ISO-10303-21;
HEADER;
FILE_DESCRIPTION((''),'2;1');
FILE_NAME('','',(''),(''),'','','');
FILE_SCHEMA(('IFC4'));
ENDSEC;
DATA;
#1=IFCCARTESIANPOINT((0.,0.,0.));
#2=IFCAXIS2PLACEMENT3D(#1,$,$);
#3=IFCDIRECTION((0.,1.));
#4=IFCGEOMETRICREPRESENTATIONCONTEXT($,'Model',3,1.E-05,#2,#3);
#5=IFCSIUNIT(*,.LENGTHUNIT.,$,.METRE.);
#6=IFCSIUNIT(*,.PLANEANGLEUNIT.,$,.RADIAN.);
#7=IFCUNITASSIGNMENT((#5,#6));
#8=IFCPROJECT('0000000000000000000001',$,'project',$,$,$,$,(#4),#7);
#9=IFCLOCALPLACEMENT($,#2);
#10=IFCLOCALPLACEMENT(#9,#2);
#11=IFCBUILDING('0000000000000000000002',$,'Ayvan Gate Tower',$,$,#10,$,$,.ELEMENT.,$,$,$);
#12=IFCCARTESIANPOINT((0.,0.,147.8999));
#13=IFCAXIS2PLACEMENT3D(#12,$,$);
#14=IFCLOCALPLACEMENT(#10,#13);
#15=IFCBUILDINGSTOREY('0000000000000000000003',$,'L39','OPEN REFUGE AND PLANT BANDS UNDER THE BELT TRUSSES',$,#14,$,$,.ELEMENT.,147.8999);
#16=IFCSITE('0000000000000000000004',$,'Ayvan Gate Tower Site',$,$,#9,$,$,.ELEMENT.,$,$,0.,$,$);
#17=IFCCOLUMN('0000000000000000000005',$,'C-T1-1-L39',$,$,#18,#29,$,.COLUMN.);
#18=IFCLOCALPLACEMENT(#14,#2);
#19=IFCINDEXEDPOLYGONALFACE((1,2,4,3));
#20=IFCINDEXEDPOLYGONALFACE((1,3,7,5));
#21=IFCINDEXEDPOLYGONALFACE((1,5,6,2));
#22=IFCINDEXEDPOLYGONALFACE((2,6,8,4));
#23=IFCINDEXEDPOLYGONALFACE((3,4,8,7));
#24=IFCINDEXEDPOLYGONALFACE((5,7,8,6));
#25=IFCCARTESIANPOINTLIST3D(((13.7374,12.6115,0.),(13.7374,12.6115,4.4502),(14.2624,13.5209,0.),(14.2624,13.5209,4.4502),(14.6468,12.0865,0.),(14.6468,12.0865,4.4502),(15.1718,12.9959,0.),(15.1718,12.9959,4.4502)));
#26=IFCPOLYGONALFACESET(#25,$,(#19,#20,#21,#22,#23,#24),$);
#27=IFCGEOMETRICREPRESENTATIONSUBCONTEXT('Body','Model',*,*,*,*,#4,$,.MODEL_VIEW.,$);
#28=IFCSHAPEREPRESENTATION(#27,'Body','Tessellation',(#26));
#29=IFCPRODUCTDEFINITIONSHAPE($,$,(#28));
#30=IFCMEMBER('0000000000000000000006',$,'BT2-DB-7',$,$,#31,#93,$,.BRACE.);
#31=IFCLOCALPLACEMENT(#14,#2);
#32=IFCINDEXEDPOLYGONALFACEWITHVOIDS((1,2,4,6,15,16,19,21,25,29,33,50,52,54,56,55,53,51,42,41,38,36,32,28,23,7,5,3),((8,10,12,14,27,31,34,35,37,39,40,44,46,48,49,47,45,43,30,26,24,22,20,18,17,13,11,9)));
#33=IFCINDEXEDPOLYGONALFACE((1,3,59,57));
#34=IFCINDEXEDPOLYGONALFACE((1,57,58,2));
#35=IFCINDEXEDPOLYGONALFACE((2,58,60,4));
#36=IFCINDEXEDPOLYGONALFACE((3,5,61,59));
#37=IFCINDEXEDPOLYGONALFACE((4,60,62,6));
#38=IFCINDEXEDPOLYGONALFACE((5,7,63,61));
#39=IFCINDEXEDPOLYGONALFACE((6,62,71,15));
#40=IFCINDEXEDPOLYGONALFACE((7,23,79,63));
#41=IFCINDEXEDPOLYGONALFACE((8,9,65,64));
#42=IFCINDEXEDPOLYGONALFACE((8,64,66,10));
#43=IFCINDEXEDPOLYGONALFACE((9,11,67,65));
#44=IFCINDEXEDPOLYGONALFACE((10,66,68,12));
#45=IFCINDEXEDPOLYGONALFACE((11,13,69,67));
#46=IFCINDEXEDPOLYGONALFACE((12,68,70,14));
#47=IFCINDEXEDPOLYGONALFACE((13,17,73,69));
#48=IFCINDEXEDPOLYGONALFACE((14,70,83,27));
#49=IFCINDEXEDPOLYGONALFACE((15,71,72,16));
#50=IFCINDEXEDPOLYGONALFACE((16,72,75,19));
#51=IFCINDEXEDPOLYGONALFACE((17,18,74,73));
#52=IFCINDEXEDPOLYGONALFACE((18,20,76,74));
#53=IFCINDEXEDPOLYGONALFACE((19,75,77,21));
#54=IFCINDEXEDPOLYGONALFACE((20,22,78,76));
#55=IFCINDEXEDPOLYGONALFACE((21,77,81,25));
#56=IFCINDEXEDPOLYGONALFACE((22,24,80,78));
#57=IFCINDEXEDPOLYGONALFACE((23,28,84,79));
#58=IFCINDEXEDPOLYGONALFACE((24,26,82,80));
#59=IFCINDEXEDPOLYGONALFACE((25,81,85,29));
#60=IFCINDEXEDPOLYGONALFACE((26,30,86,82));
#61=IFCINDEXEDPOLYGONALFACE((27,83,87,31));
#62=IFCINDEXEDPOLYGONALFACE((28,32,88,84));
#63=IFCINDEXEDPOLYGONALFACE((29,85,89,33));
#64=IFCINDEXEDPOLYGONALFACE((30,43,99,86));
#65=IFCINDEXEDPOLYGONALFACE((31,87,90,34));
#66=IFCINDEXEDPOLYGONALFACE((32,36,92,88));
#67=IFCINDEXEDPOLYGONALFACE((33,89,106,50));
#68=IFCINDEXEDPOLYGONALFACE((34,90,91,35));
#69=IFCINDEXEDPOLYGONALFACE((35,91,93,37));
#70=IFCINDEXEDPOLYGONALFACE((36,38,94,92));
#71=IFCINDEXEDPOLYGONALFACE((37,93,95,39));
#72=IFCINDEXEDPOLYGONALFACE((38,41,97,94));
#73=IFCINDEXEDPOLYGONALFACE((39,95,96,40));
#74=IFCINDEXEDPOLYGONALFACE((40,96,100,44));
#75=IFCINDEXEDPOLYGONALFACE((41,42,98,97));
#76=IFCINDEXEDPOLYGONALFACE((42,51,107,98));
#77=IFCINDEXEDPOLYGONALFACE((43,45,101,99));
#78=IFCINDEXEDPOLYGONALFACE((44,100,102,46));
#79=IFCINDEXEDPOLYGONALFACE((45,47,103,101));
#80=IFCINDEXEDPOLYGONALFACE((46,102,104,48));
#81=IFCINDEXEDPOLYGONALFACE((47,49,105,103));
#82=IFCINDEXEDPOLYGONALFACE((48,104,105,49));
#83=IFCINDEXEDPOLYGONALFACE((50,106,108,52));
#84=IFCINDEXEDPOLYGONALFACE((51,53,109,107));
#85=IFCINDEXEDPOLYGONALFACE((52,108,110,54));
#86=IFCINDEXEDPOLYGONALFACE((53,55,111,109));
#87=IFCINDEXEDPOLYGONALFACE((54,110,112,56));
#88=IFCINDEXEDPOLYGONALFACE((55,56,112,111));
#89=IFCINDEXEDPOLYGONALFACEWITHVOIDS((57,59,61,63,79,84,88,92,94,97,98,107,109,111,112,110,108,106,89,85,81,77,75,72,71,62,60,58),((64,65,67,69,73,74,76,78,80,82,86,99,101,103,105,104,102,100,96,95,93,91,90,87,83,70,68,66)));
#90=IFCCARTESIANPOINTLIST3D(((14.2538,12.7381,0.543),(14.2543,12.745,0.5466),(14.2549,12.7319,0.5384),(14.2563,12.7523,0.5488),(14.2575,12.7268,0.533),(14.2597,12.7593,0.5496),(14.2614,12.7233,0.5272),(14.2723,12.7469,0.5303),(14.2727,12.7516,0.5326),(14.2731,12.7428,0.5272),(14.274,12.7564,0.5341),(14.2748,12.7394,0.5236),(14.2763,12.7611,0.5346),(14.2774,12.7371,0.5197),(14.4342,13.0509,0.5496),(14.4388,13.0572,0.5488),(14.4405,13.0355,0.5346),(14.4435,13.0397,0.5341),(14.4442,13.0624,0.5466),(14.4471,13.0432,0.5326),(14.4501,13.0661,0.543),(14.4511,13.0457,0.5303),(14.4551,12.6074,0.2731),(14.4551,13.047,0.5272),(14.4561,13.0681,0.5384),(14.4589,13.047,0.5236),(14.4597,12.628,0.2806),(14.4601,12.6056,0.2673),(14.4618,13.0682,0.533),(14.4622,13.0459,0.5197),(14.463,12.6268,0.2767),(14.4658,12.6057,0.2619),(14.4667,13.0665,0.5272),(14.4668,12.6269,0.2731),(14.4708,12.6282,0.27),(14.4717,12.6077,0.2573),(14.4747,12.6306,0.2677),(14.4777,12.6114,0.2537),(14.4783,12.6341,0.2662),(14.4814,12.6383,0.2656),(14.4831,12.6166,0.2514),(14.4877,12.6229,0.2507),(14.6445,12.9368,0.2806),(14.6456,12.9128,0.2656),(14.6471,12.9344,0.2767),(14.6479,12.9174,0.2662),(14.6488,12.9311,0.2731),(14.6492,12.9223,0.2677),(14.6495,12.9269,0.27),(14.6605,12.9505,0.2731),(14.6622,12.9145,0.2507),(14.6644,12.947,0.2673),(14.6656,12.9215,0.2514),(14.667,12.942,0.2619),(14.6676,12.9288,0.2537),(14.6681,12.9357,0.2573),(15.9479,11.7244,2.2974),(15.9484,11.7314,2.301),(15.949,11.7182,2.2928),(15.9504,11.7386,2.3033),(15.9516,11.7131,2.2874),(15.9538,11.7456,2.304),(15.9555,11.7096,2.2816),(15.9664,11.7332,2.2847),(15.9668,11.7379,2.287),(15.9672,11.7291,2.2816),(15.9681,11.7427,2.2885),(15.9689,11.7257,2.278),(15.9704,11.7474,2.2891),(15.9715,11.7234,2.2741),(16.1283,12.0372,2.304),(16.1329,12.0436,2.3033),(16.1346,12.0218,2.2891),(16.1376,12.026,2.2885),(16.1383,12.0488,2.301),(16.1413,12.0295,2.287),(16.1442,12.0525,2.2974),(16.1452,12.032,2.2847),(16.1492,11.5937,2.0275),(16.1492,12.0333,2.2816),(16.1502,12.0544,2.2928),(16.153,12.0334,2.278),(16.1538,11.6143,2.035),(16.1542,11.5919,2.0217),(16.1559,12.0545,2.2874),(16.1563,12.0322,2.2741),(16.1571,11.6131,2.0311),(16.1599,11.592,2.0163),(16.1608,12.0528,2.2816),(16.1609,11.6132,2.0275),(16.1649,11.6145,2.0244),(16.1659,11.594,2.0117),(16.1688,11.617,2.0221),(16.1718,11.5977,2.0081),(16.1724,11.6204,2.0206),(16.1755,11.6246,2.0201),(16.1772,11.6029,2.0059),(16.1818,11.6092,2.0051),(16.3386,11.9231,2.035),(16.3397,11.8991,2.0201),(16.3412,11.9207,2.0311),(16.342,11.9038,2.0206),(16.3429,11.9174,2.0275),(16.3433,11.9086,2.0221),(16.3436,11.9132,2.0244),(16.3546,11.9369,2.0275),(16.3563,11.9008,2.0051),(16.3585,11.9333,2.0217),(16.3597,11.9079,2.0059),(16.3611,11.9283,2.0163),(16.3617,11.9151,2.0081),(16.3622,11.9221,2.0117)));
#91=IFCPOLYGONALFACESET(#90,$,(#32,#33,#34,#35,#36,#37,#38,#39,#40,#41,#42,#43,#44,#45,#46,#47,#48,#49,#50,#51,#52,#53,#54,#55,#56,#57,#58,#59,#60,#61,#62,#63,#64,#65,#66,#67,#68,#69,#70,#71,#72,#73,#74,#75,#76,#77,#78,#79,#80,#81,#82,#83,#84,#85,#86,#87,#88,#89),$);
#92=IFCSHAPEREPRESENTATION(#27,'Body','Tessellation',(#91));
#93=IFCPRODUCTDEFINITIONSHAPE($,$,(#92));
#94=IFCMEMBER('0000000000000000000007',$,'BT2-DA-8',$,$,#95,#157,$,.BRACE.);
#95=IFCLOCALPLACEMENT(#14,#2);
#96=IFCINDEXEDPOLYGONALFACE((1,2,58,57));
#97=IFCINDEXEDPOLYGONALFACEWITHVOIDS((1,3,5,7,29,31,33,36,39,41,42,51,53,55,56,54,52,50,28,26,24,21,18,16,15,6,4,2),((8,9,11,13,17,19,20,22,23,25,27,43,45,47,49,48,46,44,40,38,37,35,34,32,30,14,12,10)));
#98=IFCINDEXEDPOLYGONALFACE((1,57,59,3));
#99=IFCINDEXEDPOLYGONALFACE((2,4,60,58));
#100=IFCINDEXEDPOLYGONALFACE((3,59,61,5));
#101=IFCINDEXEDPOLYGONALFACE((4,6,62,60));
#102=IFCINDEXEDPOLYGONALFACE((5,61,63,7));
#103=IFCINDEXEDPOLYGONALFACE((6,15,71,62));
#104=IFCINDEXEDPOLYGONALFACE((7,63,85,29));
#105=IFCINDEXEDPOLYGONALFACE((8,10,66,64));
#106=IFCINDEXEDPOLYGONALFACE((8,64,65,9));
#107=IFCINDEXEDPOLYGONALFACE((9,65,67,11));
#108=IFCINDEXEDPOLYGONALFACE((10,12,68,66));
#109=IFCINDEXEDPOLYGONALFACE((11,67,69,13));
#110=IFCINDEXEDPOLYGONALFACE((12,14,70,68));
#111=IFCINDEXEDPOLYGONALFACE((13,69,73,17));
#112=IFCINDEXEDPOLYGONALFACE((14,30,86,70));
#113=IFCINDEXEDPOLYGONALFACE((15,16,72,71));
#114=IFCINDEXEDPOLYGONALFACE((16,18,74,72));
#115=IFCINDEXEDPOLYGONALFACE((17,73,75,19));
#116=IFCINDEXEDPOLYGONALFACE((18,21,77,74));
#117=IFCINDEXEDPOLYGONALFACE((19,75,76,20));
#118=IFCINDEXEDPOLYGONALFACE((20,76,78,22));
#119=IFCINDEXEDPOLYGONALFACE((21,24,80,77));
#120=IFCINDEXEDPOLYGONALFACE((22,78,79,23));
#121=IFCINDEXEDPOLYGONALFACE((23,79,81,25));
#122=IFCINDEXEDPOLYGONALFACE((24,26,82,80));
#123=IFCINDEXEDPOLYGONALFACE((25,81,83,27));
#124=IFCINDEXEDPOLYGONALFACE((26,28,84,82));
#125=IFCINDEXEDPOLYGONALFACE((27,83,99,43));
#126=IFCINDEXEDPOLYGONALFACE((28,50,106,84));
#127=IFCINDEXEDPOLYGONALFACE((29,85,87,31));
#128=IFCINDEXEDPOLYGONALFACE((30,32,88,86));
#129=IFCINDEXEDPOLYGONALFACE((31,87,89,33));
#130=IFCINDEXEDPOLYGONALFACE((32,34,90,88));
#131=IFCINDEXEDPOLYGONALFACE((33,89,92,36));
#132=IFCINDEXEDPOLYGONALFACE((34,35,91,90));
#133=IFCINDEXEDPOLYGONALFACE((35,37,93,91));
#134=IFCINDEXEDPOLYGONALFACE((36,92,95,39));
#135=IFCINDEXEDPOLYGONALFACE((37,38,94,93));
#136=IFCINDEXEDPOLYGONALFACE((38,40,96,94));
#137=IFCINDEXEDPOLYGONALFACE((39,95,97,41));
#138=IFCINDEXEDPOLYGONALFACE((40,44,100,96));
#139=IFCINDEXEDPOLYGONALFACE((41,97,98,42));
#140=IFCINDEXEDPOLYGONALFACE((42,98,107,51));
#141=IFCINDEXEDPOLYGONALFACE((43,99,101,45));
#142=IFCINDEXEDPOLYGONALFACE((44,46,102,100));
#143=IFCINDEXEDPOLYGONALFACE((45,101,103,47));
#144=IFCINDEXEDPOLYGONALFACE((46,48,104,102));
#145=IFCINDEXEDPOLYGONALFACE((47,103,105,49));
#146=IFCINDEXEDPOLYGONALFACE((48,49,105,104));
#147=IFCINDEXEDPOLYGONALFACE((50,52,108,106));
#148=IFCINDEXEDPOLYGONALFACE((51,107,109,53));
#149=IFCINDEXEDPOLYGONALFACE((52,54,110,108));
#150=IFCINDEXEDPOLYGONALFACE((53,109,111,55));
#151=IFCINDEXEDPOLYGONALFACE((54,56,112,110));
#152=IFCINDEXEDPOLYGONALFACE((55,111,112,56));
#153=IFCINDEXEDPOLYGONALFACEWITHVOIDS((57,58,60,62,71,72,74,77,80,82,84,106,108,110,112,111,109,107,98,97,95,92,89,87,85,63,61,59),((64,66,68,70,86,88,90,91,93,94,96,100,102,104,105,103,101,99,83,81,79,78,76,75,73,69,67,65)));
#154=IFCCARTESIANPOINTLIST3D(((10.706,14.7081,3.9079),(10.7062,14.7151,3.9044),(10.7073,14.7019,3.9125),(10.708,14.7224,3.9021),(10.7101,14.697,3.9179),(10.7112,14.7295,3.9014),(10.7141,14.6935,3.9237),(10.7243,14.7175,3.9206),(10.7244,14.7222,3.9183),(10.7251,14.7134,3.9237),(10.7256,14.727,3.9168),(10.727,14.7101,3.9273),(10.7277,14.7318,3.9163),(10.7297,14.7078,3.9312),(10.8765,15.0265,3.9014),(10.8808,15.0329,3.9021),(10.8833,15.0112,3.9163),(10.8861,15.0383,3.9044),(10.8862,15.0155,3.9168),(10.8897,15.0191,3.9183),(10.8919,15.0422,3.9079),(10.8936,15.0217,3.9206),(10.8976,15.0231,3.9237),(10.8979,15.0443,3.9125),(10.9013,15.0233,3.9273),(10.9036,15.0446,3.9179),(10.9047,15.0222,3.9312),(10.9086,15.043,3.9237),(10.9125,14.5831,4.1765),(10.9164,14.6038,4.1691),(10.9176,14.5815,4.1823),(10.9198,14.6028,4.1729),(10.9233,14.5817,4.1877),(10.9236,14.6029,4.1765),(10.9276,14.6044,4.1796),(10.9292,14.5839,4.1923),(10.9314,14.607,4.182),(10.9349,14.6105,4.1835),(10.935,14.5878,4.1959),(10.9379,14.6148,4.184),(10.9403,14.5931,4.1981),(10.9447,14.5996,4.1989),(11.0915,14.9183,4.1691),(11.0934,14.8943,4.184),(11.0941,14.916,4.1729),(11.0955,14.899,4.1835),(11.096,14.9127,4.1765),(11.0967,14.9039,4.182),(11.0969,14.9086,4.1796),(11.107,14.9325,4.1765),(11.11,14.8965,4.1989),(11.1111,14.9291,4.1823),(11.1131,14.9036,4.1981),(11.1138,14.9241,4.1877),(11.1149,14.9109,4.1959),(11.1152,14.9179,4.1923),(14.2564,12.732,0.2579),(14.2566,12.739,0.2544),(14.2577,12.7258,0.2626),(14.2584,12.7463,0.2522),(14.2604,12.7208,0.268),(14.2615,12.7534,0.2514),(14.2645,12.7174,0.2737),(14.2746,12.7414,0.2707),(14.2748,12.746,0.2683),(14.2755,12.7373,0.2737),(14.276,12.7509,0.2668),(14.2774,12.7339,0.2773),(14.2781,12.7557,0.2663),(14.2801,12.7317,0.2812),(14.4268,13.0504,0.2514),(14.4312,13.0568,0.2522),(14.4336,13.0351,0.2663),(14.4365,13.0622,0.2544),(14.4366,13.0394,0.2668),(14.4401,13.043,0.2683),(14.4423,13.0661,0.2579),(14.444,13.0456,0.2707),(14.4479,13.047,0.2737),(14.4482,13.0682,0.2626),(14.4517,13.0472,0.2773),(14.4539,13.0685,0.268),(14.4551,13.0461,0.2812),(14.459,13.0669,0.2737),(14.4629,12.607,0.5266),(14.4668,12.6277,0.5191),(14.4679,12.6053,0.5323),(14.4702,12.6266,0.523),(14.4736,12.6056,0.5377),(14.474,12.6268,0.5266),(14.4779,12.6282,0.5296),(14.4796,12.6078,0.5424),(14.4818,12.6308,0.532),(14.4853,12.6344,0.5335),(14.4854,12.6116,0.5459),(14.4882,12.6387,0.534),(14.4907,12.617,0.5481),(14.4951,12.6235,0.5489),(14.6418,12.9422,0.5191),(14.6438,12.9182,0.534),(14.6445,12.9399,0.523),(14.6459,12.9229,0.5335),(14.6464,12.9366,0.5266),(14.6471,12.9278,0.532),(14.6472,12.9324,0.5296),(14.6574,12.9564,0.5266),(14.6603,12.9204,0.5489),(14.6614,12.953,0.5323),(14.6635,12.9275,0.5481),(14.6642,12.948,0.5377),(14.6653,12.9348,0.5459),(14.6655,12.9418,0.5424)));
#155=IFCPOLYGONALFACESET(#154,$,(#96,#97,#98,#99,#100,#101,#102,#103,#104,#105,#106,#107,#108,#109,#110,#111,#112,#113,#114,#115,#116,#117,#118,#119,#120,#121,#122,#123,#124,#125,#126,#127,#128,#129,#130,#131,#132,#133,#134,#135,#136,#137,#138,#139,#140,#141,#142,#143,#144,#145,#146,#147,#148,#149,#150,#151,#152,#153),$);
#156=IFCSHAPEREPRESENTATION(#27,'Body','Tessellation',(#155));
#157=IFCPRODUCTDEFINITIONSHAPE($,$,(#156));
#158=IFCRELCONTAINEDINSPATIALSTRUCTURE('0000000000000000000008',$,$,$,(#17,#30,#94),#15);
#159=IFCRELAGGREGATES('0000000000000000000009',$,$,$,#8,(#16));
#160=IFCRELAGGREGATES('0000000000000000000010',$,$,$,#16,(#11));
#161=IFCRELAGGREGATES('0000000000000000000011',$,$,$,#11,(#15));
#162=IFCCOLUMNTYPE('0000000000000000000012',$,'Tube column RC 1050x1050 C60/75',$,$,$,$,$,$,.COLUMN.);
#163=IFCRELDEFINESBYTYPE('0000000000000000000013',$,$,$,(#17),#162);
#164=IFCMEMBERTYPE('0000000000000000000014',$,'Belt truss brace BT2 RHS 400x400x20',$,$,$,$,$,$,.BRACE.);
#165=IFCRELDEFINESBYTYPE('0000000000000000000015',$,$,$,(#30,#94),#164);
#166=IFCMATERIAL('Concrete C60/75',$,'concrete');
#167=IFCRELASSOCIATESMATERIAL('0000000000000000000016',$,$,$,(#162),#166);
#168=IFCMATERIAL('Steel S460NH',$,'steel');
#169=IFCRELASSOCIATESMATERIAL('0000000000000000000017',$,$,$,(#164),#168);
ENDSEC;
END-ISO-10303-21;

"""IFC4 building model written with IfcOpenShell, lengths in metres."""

from ifc_helpers import new_model, si_unit, direction, frame, origin, origin_2d, place, context, subcontext, project, spatial, rectangle, hollow_rectangle, extrude, material, material_profile, profile_set, type_object, element, save


model = new_model("IFC4")

# Units and contexts
model_context = context("Model", 3, precision=1e-05, world=origin(), true_north=direction((0.0, 1.0)))
body_context = subcontext(model_context, "Body", "Model", "MODEL_VIEW")
ifc_project = project(units=[si_unit("LENGTHUNIT", "METRE"), si_unit("PLANEANGLEUNIT", "RADIAN")], contexts=[model_context])

# Site, building, storey
site_placement = place(None, origin())
site = spatial("IfcSite", under=ifc_project, at=site_placement, Name="Ayvan Gate Tower Site", CompositionType="ELEMENT", RefElevation=0.0)
building_placement = place(site_placement, origin())
building = spatial("IfcBuilding", under=site, at=building_placement, Name="Ayvan Gate Tower", CompositionType="ELEMENT")
storey_placement = place(building_placement, frame((0.0, 0.0, 147.8999)))
storey = spatial("IfcBuildingStorey", under=building, at=storey_placement, Name="L39", Description="OPEN REFUGE AND PLANT BANDS UNDER THE BELT TRUSSES", CompositionType="ELEMENT", Elevation=147.8999)

# Column
ifc_material_1 = material(Name="Concrete C60/75", Category="concrete")
ifc_material_profile_1 = material_profile(ifc_material_1, rectangle(XDim=1.05, YDim=1.05, at=origin_2d()), Name="RC 1050x1050")
ifc_profile_set_1 = profile_set([ifc_material_profile_1], Name="Concrete C60/75")
column_type = type_object("IfcColumnType", Name="Tube column RC 1050x1050 C60/75", PredefinedType="COLUMN", material=ifc_profile_set_1)
column_placement = place(storey_placement, frame((14.4546, 12.8037, 0.0), z_axis=(0.0, 0.0, 1.0), x_axis=(0.5, 0.866025, 0.0)))
element("IfcColumn", 1, at=column_placement, inside=storey, type_object=column_type, Name="C-T1-1-L39", PredefinedType="COLUMN", context=body_context, shape_type="SweptSolid", body=[
    extrude(rectangle(XDim=1.05, YDim=1.05, at=origin_2d()), origin(), (0.0, 0.0, 1.0), 4.4502),
])

# Members
ifc_material_2 = material(Name="Steel S460NH", Category="steel")
ifc_material_profile_2 = material_profile(ifc_material_2, hollow_rectangle(XDim=0.3999, YDim=0.3999, WallThickness=0.02, InnerFilletRadius=0.02, OuterFilletRadius=0.03, at=origin_2d()), Name="RHS 400x400x20")
ifc_profile_set_2 = profile_set([ifc_material_profile_2], Name="Steel S460NH")
member_type_1 = type_object("IfcMemberType", Name="Belt truss brace BT2 RHS 400x400x20", PredefinedType="BRACE", material=ifc_profile_set_2)
member_1_placement = place(storey_placement, frame((14.4609, 12.8369, 0.4001), z_axis=(0.641436, -0.383808, 0.664268), x_axis=(0.513459, 0.858114, 0.0)))
element("IfcMember", 2, at=member_1_placement, inside=storey, type_object=member_type_1, Name="BT2-DB-7", PredefinedType="BRACE", context=body_context, shape_type="SweptSolid", body=[
    extrude(hollow_rectangle(XDim=0.3999, YDim=0.3999, WallThickness=0.02, InnerFilletRadius=0.02, OuterFilletRadius=0.03, at=origin_2d()), origin(), (0.0, 0.0, 1.0), 2.6411),
])
member_2_placement = place(storey_placement, frame((14.4609, 12.8369, 0.4001), z_axis=(-0.650023, 0.361799, 0.66826), x_axis=(-0.486337, -0.873772, 0.0)))
element("IfcMember", 3, at=member_2_placement, inside=storey, type_object=member_type_1, Name="BT2-DA-8", PredefinedType="BRACE", context=body_context, shape_type="SweptSolid", body=[
    extrude(hollow_rectangle(XDim=0.3999, YDim=0.3999, WallThickness=0.02, InnerFilletRadius=0.02, OuterFilletRadius=0.03, at=origin_2d()), origin(), (0.0, 0.0, 1.0), 5.4619),
])

save(model, "model.ifc")
